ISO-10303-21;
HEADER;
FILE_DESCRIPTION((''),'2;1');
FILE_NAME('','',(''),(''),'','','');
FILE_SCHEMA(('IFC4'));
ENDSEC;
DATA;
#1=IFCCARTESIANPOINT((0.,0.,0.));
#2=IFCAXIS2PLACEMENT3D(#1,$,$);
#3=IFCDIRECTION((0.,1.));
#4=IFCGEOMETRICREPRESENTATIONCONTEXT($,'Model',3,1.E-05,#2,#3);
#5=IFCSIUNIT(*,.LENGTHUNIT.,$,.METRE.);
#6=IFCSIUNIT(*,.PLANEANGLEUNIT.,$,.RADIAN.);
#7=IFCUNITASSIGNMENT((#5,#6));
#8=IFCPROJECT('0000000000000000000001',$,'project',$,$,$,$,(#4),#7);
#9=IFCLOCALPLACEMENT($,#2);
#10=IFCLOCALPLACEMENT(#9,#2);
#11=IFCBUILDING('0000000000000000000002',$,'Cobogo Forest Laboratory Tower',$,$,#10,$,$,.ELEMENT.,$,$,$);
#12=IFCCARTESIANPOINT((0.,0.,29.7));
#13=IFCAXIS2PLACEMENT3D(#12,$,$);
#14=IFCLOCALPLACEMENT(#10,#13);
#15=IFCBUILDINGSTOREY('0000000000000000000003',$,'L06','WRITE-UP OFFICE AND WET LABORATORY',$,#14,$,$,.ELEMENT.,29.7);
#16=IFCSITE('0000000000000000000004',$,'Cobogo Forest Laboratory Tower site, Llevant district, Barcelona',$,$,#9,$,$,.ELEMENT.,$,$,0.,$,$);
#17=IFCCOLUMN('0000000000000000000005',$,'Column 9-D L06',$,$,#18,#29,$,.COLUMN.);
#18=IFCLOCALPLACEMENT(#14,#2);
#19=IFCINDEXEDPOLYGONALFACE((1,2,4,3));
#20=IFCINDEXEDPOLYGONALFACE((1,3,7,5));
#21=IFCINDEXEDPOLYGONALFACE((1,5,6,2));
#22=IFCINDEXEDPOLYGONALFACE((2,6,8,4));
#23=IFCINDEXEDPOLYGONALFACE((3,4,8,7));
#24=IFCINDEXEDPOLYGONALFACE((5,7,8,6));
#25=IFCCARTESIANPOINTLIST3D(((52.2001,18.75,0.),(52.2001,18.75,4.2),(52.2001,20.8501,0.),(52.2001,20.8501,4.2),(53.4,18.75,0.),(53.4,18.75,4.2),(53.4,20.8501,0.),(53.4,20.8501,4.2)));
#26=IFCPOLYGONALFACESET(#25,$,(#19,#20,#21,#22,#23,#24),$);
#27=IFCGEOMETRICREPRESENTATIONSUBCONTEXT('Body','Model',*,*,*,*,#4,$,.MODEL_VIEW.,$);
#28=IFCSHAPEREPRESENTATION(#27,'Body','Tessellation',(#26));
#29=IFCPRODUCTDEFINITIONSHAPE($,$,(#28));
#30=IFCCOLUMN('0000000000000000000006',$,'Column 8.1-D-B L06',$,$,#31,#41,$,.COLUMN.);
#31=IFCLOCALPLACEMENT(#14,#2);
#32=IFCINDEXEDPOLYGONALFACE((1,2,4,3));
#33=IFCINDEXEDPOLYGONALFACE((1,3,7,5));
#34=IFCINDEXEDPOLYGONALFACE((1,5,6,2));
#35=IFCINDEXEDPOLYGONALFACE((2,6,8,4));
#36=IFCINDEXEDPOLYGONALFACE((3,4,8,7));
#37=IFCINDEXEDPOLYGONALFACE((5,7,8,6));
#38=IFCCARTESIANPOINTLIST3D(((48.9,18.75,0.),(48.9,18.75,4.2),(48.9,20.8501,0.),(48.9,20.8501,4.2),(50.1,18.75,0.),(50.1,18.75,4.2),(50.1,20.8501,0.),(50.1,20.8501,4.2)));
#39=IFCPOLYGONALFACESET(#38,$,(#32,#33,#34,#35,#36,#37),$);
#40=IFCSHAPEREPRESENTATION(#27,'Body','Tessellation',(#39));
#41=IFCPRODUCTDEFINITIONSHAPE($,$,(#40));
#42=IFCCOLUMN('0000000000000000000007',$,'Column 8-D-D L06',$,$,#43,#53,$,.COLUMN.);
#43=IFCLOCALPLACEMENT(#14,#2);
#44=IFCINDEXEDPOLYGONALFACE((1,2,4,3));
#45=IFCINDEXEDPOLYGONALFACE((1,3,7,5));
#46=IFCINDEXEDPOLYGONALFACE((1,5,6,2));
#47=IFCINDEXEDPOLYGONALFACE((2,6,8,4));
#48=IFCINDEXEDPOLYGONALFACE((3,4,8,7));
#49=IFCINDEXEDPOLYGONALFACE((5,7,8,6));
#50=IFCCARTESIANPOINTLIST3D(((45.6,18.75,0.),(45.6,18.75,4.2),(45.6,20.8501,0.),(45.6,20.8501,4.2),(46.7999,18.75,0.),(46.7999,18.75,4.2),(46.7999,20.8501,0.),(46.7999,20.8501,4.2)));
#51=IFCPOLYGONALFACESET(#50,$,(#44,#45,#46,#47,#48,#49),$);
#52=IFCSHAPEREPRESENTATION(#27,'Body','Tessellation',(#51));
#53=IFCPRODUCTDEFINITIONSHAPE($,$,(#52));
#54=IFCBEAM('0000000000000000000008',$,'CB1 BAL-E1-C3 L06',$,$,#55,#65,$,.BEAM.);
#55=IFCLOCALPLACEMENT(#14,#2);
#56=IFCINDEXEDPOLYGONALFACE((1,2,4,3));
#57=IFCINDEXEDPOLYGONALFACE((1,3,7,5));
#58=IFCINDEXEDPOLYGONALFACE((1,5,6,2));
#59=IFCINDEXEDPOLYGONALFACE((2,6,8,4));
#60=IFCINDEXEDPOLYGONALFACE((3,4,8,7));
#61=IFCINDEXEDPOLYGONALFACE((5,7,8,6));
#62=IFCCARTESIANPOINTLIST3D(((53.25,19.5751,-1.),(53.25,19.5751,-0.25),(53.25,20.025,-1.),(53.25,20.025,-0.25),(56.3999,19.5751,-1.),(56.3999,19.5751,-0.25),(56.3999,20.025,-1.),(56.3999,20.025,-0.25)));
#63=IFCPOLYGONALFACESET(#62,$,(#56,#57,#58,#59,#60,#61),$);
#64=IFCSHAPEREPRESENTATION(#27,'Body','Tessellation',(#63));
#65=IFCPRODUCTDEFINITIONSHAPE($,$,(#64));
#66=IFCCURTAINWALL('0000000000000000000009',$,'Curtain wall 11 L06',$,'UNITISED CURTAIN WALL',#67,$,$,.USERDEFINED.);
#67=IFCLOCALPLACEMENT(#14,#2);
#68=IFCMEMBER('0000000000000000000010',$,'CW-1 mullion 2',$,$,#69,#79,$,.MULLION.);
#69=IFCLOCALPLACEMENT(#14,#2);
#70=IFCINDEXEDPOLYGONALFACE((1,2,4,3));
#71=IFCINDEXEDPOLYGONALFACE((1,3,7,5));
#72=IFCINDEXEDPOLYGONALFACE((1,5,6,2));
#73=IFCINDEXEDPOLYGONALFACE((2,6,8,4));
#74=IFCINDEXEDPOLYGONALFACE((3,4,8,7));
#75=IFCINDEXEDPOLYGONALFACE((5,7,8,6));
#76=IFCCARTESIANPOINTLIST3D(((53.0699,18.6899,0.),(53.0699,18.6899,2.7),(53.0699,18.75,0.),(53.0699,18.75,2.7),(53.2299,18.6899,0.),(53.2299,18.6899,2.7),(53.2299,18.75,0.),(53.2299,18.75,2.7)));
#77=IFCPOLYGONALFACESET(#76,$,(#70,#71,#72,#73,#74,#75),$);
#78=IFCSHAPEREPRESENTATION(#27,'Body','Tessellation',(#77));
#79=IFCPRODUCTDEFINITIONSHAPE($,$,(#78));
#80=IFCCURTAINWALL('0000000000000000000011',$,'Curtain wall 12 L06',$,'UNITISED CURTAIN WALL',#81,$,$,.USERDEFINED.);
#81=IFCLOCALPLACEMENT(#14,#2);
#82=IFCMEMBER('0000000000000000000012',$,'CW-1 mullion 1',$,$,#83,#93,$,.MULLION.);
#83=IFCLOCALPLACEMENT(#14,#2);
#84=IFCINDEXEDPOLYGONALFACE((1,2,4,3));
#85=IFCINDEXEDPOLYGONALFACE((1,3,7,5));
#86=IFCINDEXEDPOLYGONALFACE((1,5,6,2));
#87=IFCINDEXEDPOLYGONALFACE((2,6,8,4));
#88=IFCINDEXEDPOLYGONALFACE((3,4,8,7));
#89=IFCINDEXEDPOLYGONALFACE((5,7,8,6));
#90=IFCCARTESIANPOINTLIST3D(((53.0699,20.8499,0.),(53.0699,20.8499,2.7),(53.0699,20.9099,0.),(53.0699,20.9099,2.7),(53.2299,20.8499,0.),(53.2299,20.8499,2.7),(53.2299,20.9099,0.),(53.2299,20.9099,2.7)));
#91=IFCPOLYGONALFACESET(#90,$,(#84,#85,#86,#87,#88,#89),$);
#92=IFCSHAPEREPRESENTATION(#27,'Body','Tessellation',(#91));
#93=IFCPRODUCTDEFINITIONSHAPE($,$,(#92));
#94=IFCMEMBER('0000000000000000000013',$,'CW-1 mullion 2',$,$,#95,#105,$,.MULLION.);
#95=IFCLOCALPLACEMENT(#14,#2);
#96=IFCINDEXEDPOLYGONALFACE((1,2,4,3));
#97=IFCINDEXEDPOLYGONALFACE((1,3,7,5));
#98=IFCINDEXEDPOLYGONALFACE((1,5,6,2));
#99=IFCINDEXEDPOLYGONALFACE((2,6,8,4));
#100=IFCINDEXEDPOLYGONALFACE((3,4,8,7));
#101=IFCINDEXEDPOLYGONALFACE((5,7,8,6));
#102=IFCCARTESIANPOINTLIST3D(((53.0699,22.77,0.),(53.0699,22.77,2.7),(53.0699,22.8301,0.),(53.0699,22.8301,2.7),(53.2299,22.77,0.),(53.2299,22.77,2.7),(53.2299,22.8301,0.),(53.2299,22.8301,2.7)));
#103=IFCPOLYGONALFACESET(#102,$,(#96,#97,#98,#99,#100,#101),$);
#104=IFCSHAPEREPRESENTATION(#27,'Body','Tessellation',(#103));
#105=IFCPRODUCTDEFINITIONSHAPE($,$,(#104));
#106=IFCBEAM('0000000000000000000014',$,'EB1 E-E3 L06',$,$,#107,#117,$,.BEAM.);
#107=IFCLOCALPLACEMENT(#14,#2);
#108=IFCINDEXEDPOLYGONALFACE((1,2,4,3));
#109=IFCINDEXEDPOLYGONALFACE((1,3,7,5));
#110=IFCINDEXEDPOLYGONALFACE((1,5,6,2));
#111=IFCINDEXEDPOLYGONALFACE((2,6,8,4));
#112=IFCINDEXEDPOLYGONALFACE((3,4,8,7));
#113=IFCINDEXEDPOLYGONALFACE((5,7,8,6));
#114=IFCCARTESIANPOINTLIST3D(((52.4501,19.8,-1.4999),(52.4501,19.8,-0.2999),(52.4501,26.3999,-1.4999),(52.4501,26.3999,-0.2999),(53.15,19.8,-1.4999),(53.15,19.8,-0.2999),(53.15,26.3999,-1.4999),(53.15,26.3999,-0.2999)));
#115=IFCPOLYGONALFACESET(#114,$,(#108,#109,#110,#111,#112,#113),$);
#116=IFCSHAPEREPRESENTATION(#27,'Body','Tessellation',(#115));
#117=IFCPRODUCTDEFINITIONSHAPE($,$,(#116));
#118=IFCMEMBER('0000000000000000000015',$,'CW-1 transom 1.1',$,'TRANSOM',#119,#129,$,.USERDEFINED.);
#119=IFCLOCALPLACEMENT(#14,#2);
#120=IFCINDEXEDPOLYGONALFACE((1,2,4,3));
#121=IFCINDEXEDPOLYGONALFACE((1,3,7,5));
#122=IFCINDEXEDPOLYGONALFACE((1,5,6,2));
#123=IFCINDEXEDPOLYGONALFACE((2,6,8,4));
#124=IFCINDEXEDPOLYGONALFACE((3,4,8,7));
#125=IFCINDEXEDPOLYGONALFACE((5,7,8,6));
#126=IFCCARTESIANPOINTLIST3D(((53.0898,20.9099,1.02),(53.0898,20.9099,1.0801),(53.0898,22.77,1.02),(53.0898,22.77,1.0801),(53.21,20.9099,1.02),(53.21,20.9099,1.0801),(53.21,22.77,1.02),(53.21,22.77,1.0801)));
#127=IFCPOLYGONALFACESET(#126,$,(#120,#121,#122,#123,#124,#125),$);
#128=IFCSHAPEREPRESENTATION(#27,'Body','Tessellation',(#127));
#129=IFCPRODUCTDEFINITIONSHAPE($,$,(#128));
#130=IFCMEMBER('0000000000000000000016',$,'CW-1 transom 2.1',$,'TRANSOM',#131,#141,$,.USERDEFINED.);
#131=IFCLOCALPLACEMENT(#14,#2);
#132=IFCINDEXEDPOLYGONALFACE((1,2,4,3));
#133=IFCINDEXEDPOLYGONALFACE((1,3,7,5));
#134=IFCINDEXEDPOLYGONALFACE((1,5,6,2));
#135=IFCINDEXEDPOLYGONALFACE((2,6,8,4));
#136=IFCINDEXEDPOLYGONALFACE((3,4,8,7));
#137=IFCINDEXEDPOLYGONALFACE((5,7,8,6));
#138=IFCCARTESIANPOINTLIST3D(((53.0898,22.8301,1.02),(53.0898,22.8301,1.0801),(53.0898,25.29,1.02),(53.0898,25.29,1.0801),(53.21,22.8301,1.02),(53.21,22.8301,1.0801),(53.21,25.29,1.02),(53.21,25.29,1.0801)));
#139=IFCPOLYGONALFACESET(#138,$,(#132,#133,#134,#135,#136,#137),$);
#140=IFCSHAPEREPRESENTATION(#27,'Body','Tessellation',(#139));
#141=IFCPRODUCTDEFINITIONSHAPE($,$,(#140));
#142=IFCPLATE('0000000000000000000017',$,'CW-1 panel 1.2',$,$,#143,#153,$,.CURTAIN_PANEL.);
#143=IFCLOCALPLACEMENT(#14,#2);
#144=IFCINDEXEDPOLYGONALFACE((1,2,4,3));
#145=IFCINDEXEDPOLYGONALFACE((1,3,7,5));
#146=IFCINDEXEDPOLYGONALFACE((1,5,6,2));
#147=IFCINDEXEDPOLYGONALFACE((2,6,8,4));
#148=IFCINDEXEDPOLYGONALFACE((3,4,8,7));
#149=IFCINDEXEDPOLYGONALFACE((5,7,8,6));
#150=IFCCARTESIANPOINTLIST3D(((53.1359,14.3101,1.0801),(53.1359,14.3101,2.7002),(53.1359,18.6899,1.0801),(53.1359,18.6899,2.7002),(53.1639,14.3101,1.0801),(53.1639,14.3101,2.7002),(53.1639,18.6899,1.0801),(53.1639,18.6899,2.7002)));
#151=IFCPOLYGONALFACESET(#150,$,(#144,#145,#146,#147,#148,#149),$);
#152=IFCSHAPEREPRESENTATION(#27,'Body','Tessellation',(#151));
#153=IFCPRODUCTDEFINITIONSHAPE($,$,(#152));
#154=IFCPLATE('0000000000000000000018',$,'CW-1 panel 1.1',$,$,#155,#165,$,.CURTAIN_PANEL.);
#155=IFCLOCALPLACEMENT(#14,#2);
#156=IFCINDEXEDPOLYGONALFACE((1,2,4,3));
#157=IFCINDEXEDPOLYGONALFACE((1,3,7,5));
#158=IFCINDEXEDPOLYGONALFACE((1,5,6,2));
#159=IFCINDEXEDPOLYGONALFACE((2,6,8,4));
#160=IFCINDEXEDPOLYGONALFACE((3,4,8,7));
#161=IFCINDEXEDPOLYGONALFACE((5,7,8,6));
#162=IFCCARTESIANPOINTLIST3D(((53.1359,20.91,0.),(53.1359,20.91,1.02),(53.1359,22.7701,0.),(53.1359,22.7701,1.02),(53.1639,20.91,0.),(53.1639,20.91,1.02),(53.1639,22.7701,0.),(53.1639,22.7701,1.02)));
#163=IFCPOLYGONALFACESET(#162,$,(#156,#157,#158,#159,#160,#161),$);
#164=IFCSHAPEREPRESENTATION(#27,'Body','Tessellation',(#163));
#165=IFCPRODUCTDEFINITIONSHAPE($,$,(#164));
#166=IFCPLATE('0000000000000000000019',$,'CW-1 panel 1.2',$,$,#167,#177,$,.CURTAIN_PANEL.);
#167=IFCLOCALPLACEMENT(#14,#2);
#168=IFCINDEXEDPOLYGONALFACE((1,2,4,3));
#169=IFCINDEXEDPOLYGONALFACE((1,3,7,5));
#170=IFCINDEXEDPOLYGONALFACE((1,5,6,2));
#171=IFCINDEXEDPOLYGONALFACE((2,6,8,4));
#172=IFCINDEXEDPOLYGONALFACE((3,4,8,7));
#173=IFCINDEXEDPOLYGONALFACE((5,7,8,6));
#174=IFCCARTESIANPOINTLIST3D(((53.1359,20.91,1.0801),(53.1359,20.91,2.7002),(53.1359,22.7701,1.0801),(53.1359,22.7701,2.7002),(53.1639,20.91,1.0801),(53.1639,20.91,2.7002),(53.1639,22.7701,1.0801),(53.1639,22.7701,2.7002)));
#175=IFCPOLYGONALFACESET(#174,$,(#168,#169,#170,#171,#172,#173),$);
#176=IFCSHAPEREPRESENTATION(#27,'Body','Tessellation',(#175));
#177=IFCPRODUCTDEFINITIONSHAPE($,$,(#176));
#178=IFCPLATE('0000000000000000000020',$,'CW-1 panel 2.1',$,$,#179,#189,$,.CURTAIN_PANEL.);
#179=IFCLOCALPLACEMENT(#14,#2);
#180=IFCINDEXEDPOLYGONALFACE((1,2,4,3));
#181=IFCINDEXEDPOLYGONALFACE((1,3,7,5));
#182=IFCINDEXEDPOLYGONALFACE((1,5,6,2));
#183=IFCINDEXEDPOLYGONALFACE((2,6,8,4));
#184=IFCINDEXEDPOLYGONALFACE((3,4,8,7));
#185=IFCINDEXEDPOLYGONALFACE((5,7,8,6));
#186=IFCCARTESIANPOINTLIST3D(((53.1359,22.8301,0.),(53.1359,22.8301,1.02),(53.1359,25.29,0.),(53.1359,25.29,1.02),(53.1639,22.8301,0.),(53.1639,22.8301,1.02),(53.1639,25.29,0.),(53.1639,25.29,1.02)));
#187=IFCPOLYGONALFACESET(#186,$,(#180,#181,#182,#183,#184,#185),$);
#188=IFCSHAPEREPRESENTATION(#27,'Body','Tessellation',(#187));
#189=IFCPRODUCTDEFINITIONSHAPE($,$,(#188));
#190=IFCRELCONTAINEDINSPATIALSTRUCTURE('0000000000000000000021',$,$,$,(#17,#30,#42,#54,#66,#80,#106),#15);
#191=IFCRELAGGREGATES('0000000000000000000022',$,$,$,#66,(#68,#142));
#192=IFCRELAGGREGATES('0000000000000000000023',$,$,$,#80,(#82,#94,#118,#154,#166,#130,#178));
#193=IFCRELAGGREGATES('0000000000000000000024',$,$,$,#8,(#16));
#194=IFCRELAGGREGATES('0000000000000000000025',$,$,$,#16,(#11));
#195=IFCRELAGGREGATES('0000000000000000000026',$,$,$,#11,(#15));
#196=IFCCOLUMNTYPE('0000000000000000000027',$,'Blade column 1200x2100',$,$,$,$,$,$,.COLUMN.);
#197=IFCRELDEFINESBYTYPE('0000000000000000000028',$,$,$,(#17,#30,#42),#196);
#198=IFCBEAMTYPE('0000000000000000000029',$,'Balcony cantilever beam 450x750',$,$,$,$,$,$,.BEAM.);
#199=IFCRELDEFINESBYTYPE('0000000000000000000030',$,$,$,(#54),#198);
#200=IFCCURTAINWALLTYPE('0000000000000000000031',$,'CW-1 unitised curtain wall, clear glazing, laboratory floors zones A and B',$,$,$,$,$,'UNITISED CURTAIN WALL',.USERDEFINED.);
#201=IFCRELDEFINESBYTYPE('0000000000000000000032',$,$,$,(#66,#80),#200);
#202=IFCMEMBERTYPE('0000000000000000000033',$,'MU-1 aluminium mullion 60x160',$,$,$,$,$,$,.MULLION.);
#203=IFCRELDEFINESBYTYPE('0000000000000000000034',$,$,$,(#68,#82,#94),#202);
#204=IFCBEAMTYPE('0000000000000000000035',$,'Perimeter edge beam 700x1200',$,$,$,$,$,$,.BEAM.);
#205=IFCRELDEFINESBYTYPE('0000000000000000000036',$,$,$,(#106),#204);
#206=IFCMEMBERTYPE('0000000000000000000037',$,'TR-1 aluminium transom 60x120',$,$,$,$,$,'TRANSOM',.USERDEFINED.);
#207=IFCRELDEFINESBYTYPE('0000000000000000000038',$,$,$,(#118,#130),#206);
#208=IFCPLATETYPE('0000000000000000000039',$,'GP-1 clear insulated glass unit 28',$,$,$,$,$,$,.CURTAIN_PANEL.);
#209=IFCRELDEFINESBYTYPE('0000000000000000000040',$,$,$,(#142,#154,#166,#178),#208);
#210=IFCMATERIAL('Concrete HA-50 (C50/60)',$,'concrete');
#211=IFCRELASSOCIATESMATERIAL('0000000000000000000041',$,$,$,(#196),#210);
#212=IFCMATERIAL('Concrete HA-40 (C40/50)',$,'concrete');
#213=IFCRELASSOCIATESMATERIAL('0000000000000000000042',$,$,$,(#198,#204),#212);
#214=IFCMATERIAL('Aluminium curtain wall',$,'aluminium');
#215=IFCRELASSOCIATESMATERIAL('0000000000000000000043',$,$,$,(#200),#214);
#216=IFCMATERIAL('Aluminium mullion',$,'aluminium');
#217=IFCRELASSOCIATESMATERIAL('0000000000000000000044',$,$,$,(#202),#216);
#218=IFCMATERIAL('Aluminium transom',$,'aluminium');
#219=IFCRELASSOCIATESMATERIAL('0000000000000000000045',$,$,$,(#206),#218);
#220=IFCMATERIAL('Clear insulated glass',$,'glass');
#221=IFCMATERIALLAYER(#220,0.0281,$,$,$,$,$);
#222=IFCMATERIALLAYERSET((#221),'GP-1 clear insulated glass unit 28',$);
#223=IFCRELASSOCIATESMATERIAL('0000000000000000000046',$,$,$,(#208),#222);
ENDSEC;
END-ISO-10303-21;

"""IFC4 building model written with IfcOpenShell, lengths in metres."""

from ifc_helpers import new_model, si_unit, direction, frame, origin, origin_2d, place, context, subcontext, project, spatial, rectangle, extrude, material, layer, layer_set, material_profile, profile_set, type_object, element, aggregate, save


model = new_model("IFC4")

# Units and contexts
model_context = context("Model", 3, precision=1e-05, world=origin(), true_north=direction((0.0, 1.0)))
body_context = subcontext(model_context, "Body", "Model", "MODEL_VIEW")
ifc_project = project(units=[si_unit("LENGTHUNIT", "METRE"), si_unit("PLANEANGLEUNIT", "RADIAN")], contexts=[model_context])

# Site, building, storey
site_placement = place(None, origin())
site = spatial("IfcSite", under=ifc_project, at=site_placement, Name="Cobogo Forest Laboratory Tower site, Llevant district, Barcelona", CompositionType="ELEMENT", RefElevation=0.0)
building_placement = place(site_placement, origin())
building = spatial("IfcBuilding", under=site, at=building_placement, Name="Cobogo Forest Laboratory Tower", CompositionType="ELEMENT")
storey_placement = place(building_placement, frame((0.0, 0.0, 29.7)))
storey = spatial("IfcBuildingStorey", under=building, at=storey_placement, Name="L06", Description="WRITE-UP OFFICE AND WET LABORATORY", CompositionType="ELEMENT", Elevation=29.7)

# Columns
ifc_material_1 = material(Name="Concrete HA-50 (C50/60)", Category="concrete")
ifc_material_profile_1 = material_profile(ifc_material_1, rectangle(XDim=2.1001, YDim=1.2, at=origin_2d()), Name="RC 1200x2100")
ifc_profile_set_1 = profile_set([ifc_material_profile_1], Name="Concrete HA-50 (C50/60)")
column_type = type_object("IfcColumnType", Name="Blade column 1200x2100", PredefinedType="COLUMN", material=ifc_profile_set_1)
for number, where, z_axis, x_axis, name in (
    (1, (52.8, 19.8, 0.0), (0.0, 0.0, 1.0), (0.0, 1.0, 0.0), "Column 9-D L06"),
    (2, (49.5, 19.8, 0.0), (0.0, 0.0, 1.0), (0.0, 1.0, 0.0), "Column 8.1-D-B L06"),
    (3, (46.2, 19.8, 0.0), (0.0, 0.0, 1.0), (0.0, 1.0, 0.0), "Column 8-D-D L06"),
):
    element("IfcColumn", number, at=place(storey_placement, frame(where, z_axis=z_axis, x_axis=x_axis)), inside=storey, type_object=column_type, Name=name, PredefinedType="COLUMN", context=body_context, shape_type="SweptSolid", body=[
        extrude(rectangle(XDim=2.1001, YDim=1.2, at=origin_2d()), origin(), (0.0, 0.0, 1.0), 4.2),
    ])

# Beam
ifc_material_2 = material(Name="Concrete HA-40 (C40/50)", Category="concrete")
ifc_material_profile_2 = material_profile(ifc_material_2, rectangle(XDim=0.45, YDim=0.75, at=origin_2d()), Name="RC 450x750")
ifc_profile_set_2 = profile_set([ifc_material_profile_2], Name="Concrete HA-40 (C40/50)")
beam_type_1 = type_object("IfcBeamType", Name="Balcony cantilever beam 450x750", PredefinedType="BEAM", material=ifc_profile_set_2)
beam_1_placement = place(storey_placement, frame((53.25, 19.8, -0.625), z_axis=(1.0, 0.0, 0.0), x_axis=(0.0, 1.0, 0.0)))
element("IfcBeam", 4, at=beam_1_placement, inside=storey, type_object=beam_type_1, Name="CB1 BAL-E1-C3 L06", PredefinedType="BEAM", context=body_context, shape_type="SweptSolid", body=[
    extrude(rectangle(XDim=0.45, YDim=0.75, at=origin_2d()), origin(), (0.0, 0.0, 1.0), 3.1499),
])

# Curtain wall, member
ifc_material_3 = material(Name="Aluminium curtain wall", Category="aluminium")
curtain_wall_type = type_object("IfcCurtainWallType", Name="CW-1 unitised curtain wall, clear glazing, laboratory floors zones A and B", ElementType="UNITISED CURTAIN WALL", PredefinedType="USERDEFINED", material=ifc_material_3)
curtain_wall_1_placement = place(storey_placement, origin())
curtain_wall_1 = element("IfcCurtainWall", 5, at=curtain_wall_1_placement, inside=storey, type_object=curtain_wall_type, Name="Curtain wall 11 L06", ObjectType="UNITISED CURTAIN WALL", PredefinedType="USERDEFINED")
ifc_material_4 = material(Name="Aluminium mullion", Category="aluminium")
ifc_material_profile_3 = material_profile(ifc_material_4, rectangle(XDim=0.0601, YDim=0.1599, at=origin_2d()), Name="AL 60x160")
ifc_profile_set_3 = profile_set([ifc_material_profile_3], Name="Aluminium mullion")
member_type_1 = type_object("IfcMemberType", Name="MU-1 aluminium mullion 60x160", PredefinedType="MULLION", material=ifc_profile_set_3)
member_1_placement = place(storey_placement, frame((53.1499, 18.72, 0.0), z_axis=(0.0, 0.0, 1.0), x_axis=(0.0, 1.0, 0.0)))
member_1 = element("IfcMember", 6, at=member_1_placement, type_object=member_type_1, Name="CW-1 mullion 2", PredefinedType="MULLION", context=body_context, shape_type="SweptSolid", body=[
    extrude(rectangle(XDim=0.0601, YDim=0.1599, at=origin_2d()), origin(), (0.0, 0.0, 1.0), 2.7),
])

# Curtain wall, members
curtain_wall_2_placement = place(storey_placement, origin())
curtain_wall_2 = element("IfcCurtainWall", 7, at=curtain_wall_2_placement, inside=storey, type_object=curtain_wall_type, Name="Curtain wall 12 L06", ObjectType="UNITISED CURTAIN WALL", PredefinedType="USERDEFINED")
member_2_placement = place(storey_placement, frame((53.1499, 20.8799, 0.0), z_axis=(0.0, 0.0, 1.0), x_axis=(0.0, 1.0, 0.0)))
member_2 = element("IfcMember", 8, at=member_2_placement, type_object=member_type_1, Name="CW-1 mullion 1", PredefinedType="MULLION", context=body_context, shape_type="SweptSolid", body=[
    extrude(rectangle(XDim=0.0601, YDim=0.1599, at=origin_2d()), origin(), (0.0, 0.0, 1.0), 2.7),
])
member_3_placement = place(storey_placement, frame((53.1499, 22.8, 0.0), z_axis=(0.0, 0.0, 1.0), x_axis=(0.0, 1.0, 0.0)))
member_3 = element("IfcMember", 9, at=member_3_placement, type_object=member_type_1, Name="CW-1 mullion 2", PredefinedType="MULLION", context=body_context, shape_type="SweptSolid", body=[
    extrude(rectangle(XDim=0.0601, YDim=0.1599, at=origin_2d()), origin(), (0.0, 0.0, 1.0), 2.7),
])

# Beam
ifc_material_profile_4 = material_profile(ifc_material_2, rectangle(XDim=0.7, YDim=1.2, at=origin_2d()), Name="RC 700x1200")
ifc_profile_set_4 = profile_set([ifc_material_profile_4], Name="Concrete HA-40 (C40/50)")
beam_type_2 = type_object("IfcBeamType", Name="Perimeter edge beam 700x1200", PredefinedType="BEAM", material=ifc_profile_set_4)
beam_2_placement = place(storey_placement, frame((52.8, 19.8, -0.8999), z_axis=(0.0, 1.0, 0.0), x_axis=(-1.0, 0.0, 0.0)))
element("IfcBeam", 10, at=beam_2_placement, inside=storey, type_object=beam_type_2, Name="EB1 E-E3 L06", PredefinedType="BEAM", context=body_context, shape_type="SweptSolid", body=[
    extrude(rectangle(XDim=0.7, YDim=1.2, at=origin_2d()), origin(), (0.0, 0.0, 1.0), 6.5999),
])

# Members
ifc_material_5 = material(Name="Aluminium transom", Category="aluminium")
ifc_material_profile_5 = material_profile(ifc_material_5, rectangle(XDim=0.1201, YDim=0.0601, at=origin_2d()), Name="AL 60x120")
ifc_profile_set_5 = profile_set([ifc_material_profile_5], Name="Aluminium transom")
member_type_2 = type_object("IfcMemberType", Name="TR-1 aluminium transom 60x120", ElementType="TRANSOM", PredefinedType="USERDEFINED", material=ifc_profile_set_5)
member_4_placement = place(storey_placement, frame((53.1499, 20.9099, 1.05), z_axis=(0.0, 1.0, 0.0), x_axis=(-1.0, 0.0, 0.0)))
member_4 = element("IfcMember", 11, at=member_4_placement, type_object=member_type_2, Name="CW-1 transom 1.1", ObjectType="TRANSOM", PredefinedType="USERDEFINED", context=body_context, shape_type="SweptSolid", body=[
    extrude(rectangle(XDim=0.1201, YDim=0.0601, at=origin_2d()), origin(), (0.0, 0.0, 1.0), 1.8601),
])
member_5_placement = place(storey_placement, frame((53.1499, 22.8301, 1.05), z_axis=(0.0, 1.0, 0.0), x_axis=(-1.0, 0.0, 0.0)))
member_5 = element("IfcMember", 12, at=member_5_placement, type_object=member_type_2, Name="CW-1 transom 2.1", ObjectType="TRANSOM", PredefinedType="USERDEFINED", context=body_context, shape_type="SweptSolid", body=[
    extrude(rectangle(XDim=0.1201, YDim=0.0601, at=origin_2d()), origin(), (0.0, 0.0, 1.0), 2.46),
])

# Plates
ifc_material_6 = material(Name="Clear insulated glass", Category="glass")
ifc_layer_1 = layer(ifc_material_6, 0.0281)
ifc_layer_set_1 = layer_set([ifc_layer_1], Name="GP-1 clear insulated glass unit 28")
plate_type_1 = type_object("IfcPlateType", Name="GP-1 clear insulated glass unit 28", PredefinedType="CURTAIN_PANEL", material=ifc_layer_set_1)
plate_1_placement = place(storey_placement, frame((53.1499, 16.5, 1.0801), z_axis=(0.0, 0.0, 1.0), x_axis=(0.0, 1.0, 0.0)))
plate_1 = element("IfcPlate", 13, at=plate_1_placement, type_object=plate_type_1, Name="CW-1 panel 1.2", PredefinedType="CURTAIN_PANEL", context=body_context, shape_type="SweptSolid", body=[
    extrude(rectangle(XDim=4.3799, YDim=0.0281, at=origin_2d()), origin(), (0.0, 0.0, 1.0), 1.6201),
])
aggregate(curtain_wall_1, [member_1, plate_1])
plate_2_placement = place(storey_placement, frame((53.1499, 21.8401, 0.0), z_axis=(0.0, 0.0, 1.0), x_axis=(0.0, 1.0, 0.0)))
plate_2 = element("IfcPlate", 14, at=plate_2_placement, type_object=plate_type_1, Name="CW-1 panel 1.1", PredefinedType="CURTAIN_PANEL", context=body_context, shape_type="SweptSolid", body=[
    extrude(rectangle(XDim=1.8601, YDim=0.0281, at=origin_2d()), origin(), (0.0, 0.0, 1.0), 1.02),
])
plate_3_placement = place(storey_placement, frame((53.1499, 21.8401, 1.0801), z_axis=(0.0, 0.0, 1.0), x_axis=(0.0, 1.0, 0.0)))
plate_3 = element("IfcPlate", 15, at=plate_3_placement, type_object=plate_type_1, Name="CW-1 panel 1.2", PredefinedType="CURTAIN_PANEL", context=body_context, shape_type="SweptSolid", body=[
    extrude(rectangle(XDim=1.8601, YDim=0.0281, at=origin_2d()), origin(), (0.0, 0.0, 1.0), 1.6201),
])
plate_4_placement = place(storey_placement, frame((53.1499, 24.0601, 0.0), z_axis=(0.0, 0.0, 1.0), x_axis=(0.0, 1.0, 0.0)))
plate_4 = element("IfcPlate", 16, at=plate_4_placement, type_object=plate_type_1, Name="CW-1 panel 2.1", PredefinedType="CURTAIN_PANEL", context=body_context, shape_type="SweptSolid", body=[
    extrude(rectangle(XDim=2.46, YDim=0.0281, at=origin_2d()), origin(), (0.0, 0.0, 1.0), 1.02),
])
aggregate(curtain_wall_2, [member_2, member_3, member_4, plate_2, plate_3, member_5, plate_4])

save(model, "model.ifc")
